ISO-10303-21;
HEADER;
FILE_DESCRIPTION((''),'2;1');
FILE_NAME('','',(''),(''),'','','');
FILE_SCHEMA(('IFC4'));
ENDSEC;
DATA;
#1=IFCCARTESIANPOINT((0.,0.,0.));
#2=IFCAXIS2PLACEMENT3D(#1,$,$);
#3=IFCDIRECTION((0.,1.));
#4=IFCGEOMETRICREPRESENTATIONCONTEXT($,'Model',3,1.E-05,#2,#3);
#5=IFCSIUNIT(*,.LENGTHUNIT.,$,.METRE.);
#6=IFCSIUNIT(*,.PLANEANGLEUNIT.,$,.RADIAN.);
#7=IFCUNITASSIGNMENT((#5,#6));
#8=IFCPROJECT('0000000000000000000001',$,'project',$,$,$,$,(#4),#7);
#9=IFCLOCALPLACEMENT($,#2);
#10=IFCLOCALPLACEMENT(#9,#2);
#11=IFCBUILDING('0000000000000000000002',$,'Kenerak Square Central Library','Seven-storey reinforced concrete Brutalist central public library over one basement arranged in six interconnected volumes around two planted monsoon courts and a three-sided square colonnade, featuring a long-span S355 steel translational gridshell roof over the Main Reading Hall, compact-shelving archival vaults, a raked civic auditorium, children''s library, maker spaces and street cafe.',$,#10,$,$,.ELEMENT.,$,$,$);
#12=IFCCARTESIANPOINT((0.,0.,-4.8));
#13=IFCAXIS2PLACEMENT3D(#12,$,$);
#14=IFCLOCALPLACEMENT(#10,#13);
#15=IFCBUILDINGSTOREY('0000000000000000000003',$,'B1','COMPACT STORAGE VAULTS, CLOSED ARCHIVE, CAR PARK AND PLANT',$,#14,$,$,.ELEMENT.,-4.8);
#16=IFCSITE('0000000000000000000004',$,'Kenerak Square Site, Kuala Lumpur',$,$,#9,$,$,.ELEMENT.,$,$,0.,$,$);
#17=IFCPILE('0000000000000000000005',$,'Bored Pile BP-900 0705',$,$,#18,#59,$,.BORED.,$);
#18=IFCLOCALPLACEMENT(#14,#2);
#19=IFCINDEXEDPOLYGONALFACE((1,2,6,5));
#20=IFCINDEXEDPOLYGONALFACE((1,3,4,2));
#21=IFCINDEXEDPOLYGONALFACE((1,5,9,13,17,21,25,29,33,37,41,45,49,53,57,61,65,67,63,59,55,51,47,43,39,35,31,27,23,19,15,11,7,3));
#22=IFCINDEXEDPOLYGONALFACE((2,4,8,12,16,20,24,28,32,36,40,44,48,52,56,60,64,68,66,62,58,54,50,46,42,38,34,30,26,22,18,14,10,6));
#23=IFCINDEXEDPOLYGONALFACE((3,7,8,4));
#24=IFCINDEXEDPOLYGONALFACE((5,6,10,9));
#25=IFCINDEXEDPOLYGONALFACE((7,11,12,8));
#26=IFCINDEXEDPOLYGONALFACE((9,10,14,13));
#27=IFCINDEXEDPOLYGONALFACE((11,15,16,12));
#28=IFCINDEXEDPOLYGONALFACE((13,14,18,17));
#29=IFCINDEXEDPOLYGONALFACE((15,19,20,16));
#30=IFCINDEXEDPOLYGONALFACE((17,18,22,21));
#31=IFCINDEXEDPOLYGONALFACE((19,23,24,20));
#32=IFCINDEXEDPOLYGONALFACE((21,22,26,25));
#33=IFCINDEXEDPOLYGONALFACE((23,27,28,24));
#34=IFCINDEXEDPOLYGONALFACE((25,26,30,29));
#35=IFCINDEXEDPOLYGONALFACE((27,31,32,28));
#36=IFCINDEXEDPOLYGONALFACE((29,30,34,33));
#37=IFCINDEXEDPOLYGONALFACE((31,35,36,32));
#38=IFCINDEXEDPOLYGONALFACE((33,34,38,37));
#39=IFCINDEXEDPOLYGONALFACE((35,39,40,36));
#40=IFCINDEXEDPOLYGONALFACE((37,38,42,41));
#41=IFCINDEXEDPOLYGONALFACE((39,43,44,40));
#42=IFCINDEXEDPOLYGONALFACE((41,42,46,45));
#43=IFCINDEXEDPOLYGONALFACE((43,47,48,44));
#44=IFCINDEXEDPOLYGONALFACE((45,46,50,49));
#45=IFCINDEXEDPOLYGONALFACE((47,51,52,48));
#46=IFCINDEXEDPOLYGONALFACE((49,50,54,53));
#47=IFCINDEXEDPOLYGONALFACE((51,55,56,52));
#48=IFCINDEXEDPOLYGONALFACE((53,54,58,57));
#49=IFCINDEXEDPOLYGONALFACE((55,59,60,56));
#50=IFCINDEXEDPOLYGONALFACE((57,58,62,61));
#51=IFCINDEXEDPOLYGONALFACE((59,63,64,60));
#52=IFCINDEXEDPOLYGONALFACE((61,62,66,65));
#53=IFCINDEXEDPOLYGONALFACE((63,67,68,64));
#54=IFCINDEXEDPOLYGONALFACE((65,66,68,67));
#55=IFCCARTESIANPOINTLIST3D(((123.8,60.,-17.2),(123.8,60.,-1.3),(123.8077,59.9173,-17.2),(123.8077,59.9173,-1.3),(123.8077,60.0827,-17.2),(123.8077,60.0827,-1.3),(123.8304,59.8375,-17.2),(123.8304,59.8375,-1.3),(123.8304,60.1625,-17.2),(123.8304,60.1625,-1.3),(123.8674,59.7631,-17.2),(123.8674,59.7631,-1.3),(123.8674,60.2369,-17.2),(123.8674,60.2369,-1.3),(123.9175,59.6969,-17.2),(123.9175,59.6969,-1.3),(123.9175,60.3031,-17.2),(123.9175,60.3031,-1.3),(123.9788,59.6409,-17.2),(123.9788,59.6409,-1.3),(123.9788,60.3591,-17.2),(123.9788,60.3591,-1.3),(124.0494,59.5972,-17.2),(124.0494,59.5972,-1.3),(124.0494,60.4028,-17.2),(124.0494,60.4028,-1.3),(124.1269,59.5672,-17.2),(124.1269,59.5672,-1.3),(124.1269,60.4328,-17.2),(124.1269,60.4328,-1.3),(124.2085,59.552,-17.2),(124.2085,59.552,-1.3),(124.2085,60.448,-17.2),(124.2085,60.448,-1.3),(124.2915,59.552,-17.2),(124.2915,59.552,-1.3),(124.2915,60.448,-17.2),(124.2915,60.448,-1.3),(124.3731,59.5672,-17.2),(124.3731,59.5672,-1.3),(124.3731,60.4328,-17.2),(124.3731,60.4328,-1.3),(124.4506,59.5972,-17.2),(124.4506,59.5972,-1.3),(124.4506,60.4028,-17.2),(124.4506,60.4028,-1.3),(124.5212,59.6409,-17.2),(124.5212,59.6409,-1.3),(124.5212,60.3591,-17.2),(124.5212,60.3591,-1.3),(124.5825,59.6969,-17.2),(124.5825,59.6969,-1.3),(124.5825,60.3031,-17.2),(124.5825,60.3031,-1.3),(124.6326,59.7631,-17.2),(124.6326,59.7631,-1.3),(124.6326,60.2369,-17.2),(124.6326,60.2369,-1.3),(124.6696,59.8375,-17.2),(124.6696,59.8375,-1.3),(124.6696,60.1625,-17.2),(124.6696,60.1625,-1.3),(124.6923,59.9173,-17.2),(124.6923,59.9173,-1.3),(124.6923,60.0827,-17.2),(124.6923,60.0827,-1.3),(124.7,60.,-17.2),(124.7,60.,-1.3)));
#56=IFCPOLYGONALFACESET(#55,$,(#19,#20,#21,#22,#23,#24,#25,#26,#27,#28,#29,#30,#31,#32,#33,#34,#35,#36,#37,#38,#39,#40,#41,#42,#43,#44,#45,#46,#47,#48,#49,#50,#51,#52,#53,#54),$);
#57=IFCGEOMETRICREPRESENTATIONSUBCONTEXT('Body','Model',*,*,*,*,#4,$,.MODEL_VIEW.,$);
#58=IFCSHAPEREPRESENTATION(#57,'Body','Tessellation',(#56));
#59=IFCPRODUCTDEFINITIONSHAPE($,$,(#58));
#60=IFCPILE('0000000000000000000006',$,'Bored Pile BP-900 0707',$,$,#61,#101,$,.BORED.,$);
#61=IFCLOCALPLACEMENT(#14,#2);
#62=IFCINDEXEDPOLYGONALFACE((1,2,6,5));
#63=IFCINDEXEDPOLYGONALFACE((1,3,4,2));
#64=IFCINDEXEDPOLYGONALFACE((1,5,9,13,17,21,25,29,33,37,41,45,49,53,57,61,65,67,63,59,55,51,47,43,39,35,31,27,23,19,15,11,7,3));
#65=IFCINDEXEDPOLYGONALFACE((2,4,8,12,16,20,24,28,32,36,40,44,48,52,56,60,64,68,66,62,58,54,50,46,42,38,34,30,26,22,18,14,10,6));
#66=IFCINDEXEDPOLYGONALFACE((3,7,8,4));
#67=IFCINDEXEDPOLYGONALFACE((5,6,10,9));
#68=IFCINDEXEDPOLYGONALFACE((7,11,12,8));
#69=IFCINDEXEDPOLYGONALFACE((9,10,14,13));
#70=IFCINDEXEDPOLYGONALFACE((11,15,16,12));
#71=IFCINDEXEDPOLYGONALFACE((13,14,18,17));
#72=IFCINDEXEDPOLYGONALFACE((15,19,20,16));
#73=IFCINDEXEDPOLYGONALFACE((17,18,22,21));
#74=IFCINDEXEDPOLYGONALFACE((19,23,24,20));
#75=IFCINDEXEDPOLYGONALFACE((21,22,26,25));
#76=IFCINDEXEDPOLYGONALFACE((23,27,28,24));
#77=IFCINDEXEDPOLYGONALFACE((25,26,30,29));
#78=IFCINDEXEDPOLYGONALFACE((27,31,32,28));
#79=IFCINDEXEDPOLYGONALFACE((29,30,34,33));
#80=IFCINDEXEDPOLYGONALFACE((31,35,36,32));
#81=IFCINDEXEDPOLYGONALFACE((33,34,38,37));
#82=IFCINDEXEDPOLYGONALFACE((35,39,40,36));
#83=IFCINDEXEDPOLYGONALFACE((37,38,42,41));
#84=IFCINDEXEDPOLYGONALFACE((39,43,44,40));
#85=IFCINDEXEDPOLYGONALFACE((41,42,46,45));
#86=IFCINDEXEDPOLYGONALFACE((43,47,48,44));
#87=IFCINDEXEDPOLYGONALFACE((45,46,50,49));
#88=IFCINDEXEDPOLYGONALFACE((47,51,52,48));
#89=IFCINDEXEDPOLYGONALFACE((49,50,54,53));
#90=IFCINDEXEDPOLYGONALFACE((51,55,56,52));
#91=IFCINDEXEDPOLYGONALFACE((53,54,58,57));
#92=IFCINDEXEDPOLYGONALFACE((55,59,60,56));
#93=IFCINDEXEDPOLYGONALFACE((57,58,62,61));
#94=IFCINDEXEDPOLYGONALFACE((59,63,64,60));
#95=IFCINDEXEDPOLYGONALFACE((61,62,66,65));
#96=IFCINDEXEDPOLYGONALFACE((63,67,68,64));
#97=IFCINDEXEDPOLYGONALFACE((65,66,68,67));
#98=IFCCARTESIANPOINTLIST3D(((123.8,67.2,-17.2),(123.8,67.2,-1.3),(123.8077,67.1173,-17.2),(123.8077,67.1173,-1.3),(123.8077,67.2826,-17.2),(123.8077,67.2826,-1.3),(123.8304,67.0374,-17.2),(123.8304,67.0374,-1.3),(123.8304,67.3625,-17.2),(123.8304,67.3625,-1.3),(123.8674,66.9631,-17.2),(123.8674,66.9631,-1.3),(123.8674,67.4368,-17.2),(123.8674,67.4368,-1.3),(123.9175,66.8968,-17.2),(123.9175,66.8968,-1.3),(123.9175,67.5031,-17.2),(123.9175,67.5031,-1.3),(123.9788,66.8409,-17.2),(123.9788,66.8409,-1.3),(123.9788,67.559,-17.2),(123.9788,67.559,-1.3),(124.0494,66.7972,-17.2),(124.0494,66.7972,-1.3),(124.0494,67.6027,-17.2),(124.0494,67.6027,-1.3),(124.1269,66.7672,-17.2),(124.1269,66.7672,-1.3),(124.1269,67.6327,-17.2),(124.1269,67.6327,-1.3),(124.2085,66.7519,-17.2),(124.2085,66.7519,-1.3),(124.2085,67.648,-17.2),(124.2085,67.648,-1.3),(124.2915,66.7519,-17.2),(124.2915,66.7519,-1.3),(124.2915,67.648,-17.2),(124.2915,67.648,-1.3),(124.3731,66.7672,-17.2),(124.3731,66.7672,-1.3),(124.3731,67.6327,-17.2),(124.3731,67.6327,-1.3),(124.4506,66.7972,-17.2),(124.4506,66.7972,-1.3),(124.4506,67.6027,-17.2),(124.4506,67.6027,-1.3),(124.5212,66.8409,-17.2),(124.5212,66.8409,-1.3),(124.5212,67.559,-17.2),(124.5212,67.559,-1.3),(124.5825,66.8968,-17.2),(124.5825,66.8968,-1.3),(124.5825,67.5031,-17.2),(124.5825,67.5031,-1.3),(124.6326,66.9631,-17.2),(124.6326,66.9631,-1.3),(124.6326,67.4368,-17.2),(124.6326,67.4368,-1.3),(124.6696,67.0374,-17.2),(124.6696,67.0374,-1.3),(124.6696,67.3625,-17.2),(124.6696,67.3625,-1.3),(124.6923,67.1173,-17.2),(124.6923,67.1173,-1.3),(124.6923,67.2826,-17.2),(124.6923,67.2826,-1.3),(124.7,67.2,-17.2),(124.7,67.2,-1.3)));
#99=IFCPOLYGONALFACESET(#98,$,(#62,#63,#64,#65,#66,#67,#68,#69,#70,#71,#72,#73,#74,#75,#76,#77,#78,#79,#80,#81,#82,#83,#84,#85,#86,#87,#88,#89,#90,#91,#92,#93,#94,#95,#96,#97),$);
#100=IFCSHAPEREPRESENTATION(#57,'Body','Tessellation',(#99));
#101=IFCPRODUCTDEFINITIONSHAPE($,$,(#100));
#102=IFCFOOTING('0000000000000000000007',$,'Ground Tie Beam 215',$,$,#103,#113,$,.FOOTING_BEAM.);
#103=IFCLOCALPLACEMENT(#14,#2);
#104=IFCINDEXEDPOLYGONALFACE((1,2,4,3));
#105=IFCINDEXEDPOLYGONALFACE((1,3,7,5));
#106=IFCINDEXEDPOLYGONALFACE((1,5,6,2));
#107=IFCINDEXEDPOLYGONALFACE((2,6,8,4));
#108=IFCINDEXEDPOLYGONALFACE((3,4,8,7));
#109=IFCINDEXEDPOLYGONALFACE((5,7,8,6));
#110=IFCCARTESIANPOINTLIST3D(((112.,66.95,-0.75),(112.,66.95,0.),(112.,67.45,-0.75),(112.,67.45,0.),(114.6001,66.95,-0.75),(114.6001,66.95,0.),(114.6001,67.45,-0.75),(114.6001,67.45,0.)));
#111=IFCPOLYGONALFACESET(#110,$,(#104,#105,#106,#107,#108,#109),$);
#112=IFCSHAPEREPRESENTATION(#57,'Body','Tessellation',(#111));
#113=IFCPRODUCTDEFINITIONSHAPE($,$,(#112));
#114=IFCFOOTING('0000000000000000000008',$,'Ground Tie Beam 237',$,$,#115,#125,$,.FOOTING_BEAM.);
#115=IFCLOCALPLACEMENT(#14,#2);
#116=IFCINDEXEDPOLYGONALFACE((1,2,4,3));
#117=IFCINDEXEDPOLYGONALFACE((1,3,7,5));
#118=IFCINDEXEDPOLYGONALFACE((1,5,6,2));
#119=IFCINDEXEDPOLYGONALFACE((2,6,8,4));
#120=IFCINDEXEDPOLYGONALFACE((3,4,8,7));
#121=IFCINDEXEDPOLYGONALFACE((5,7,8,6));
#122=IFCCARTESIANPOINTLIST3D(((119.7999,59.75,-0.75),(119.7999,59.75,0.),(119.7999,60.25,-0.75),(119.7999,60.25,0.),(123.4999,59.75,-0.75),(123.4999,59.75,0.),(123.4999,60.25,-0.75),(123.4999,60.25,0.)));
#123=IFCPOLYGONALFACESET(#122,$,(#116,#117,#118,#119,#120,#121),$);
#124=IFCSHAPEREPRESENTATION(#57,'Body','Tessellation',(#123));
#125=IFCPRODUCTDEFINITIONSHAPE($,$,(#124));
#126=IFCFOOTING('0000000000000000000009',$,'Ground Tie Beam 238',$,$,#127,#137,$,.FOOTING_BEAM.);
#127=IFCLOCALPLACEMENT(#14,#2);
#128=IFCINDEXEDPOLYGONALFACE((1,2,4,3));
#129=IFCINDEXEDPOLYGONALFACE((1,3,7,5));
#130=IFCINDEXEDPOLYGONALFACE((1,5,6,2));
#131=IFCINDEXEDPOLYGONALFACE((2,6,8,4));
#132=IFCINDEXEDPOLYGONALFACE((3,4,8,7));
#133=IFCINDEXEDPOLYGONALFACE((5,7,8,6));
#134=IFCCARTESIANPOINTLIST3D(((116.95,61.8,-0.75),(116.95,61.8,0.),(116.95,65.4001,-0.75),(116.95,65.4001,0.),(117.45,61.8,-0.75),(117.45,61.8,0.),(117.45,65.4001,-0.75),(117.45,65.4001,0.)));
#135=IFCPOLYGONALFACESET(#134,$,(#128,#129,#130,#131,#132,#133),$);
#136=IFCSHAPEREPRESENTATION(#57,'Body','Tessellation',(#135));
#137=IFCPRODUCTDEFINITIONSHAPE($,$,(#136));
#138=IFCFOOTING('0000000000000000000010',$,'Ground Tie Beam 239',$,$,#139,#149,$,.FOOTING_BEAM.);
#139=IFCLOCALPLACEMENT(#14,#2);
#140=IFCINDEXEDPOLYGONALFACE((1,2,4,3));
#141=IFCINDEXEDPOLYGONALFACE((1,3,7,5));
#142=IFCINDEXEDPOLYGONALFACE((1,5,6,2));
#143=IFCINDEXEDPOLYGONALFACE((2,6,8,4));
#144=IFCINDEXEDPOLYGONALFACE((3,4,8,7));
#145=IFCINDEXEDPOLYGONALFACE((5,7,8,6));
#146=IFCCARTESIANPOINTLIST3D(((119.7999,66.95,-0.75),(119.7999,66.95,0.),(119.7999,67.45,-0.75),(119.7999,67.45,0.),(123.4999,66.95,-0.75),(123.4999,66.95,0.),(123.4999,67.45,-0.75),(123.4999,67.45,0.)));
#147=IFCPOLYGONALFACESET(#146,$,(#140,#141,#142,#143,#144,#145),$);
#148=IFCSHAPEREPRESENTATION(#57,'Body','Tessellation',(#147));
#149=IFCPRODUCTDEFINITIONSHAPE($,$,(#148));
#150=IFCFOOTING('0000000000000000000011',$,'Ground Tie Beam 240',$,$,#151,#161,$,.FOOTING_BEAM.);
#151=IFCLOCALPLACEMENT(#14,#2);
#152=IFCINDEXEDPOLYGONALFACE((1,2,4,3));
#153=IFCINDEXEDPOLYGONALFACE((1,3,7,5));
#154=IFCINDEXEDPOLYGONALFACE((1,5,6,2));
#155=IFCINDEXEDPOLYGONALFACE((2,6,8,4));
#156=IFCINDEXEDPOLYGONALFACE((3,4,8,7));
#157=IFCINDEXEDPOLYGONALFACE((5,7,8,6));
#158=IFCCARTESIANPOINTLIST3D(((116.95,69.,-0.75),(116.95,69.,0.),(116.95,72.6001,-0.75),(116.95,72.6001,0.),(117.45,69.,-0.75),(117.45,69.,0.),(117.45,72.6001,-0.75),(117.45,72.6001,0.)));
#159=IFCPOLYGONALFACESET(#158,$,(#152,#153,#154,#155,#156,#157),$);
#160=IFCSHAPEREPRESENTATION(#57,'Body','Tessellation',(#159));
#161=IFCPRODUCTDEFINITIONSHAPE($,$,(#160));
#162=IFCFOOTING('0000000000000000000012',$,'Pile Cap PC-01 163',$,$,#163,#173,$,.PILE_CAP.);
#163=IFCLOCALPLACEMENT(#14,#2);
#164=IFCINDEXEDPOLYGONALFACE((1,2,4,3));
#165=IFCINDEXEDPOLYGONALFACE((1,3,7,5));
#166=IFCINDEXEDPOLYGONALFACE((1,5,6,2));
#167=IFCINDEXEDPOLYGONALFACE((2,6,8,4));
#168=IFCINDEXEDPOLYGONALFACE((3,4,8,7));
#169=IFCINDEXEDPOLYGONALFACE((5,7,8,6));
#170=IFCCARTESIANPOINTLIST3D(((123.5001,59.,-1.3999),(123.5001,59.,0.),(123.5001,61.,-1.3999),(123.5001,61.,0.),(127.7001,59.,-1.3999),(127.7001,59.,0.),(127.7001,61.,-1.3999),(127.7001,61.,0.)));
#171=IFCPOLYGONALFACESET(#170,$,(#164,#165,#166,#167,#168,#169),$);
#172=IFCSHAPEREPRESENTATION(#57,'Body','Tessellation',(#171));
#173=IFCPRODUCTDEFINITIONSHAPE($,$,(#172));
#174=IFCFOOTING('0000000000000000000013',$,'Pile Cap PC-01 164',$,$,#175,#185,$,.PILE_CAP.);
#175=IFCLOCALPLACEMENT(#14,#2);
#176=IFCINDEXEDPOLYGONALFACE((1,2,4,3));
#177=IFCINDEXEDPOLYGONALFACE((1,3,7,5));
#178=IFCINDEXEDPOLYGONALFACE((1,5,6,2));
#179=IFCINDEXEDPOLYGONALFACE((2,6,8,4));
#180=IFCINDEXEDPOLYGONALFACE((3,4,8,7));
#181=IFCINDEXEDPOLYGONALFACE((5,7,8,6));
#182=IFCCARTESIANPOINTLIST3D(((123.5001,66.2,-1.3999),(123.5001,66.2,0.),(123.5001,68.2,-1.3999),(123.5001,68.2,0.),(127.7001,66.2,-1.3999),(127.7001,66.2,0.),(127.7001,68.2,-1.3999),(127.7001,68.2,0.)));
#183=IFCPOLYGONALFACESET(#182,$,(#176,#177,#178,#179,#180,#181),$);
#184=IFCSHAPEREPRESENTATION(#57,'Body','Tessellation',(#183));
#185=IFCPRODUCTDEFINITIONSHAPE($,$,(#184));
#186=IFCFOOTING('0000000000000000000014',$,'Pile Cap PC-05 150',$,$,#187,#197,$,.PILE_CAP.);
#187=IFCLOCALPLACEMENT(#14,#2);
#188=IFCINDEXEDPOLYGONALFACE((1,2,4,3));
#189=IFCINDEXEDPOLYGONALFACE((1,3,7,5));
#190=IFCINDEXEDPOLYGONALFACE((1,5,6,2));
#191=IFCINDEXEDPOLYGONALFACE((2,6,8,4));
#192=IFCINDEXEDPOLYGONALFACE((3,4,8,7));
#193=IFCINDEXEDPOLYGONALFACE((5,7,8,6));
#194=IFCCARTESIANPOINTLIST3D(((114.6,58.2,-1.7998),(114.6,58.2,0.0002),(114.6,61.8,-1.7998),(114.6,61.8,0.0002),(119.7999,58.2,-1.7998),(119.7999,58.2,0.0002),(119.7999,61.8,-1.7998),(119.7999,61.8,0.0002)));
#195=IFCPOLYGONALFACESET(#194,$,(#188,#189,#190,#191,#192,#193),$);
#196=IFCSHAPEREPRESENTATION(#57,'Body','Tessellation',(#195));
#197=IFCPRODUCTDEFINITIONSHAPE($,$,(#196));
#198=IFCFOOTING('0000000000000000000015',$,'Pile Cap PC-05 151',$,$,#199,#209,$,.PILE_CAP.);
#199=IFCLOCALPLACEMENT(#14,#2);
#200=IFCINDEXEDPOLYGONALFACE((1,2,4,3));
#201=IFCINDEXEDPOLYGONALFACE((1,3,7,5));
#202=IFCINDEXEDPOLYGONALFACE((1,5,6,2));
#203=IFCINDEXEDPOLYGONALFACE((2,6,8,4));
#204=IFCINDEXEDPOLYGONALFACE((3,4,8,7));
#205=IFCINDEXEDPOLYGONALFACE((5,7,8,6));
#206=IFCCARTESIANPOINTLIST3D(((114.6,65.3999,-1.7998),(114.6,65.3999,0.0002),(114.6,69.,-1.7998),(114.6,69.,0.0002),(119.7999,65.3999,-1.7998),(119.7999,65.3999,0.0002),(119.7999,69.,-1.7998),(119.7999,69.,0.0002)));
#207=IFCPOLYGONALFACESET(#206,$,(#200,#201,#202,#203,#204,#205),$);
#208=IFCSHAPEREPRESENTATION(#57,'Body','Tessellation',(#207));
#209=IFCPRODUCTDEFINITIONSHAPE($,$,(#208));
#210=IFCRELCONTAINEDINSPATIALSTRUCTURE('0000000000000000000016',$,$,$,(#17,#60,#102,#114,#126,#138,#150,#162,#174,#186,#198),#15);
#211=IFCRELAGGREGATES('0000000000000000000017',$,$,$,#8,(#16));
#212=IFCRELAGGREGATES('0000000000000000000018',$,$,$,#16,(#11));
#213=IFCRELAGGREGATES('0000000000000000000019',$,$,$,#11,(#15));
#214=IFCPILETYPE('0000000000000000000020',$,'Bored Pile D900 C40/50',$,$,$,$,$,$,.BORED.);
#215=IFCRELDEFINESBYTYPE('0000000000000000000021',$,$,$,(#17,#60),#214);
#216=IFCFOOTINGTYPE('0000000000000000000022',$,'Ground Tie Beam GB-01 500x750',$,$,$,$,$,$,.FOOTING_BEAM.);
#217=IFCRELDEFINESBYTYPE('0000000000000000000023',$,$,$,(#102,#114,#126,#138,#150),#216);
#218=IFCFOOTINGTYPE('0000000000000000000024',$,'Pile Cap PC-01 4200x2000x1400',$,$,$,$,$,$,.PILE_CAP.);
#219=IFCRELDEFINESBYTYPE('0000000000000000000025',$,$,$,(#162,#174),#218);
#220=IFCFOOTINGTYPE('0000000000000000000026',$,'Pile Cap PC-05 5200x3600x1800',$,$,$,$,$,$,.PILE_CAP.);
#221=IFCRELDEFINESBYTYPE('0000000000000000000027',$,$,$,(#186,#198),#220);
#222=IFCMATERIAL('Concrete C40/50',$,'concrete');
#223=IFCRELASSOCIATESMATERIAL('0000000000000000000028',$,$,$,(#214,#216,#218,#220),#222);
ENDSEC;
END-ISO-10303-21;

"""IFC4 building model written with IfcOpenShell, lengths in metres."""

from ifc_helpers import new_model, si_unit, direction, frame, origin, origin_2d, place, context, subcontext, project, spatial, rectangle, circle, extrude, material, material_profile, profile_set, type_object, element, save


model = new_model("IFC4")

# Units and contexts
model_context = context("Model", 3, precision=1e-05, world=origin(), true_north=direction((0.0, 1.0)))
body_context = subcontext(model_context, "Body", "Model", "MODEL_VIEW")
ifc_project = project(units=[si_unit("LENGTHUNIT", "METRE"), si_unit("PLANEANGLEUNIT", "RADIAN")], contexts=[model_context])

# Site, building, storey
site_placement = place(None, origin())
site = spatial("IfcSite", under=ifc_project, at=site_placement, Name="Kenerak Square Site, Kuala Lumpur", CompositionType="ELEMENT", RefElevation=0.0)
building_placement = place(site_placement, origin())
building = spatial("IfcBuilding", under=site, at=building_placement, Name="Kenerak Square Central Library", Description="Seven-storey reinforced concrete Brutalist central public library over one basement arranged in six interconnected volumes around two planted monsoon courts and a three-sided square colonnade, featuring a long-span S355 steel translational gridshell roof over the Main Reading Hall, compact-shelving archival vaults, a raked civic auditorium, children's library, maker spaces and street cafe.", CompositionType="ELEMENT")
storey_placement = place(building_placement, frame((0.0, 0.0, -4.8)))
storey = spatial("IfcBuildingStorey", under=building, at=storey_placement, Name="B1", Description="COMPACT STORAGE VAULTS, CLOSED ARCHIVE, CAR PARK AND PLANT", CompositionType="ELEMENT", Elevation=-4.8)

# Piles
ifc_material_1 = material(Name="Concrete C40/50", Category="concrete")
ifc_material_profile_1 = material_profile(ifc_material_1, circle(Radius=0.45, at=origin_2d()), Name="BP D900")
ifc_profile_set_1 = profile_set([ifc_material_profile_1], Name="Concrete C40/50")
pile_type = type_object("IfcPileType", Name="Bored Pile D900 C40/50", PredefinedType="BORED", material=ifc_profile_set_1)
for number, where, z_axis, x_axis, name in (
    (1, (124.25, 60.0, -1.3), (0.0, 0.0, -1.0), (1.0, 0.0, 0.0), "Bored Pile BP-900 0705"),
    (2, (124.25, 67.2, -1.3), (0.0, 0.0, -1.0), (1.0, 0.0, 0.0), "Bored Pile BP-900 0707"),
):
    element("IfcPile", number, at=place(storey_placement, frame(where, z_axis=z_axis, x_axis=x_axis)), inside=storey, type_object=pile_type, Name=name, PredefinedType="BORED", context=body_context, shape_type="SweptSolid", body=[
        extrude(circle(Radius=0.45, at=origin_2d()), origin(), (0.0, 0.0, 1.0), 15.8999),
    ])

# Footings
footing_type_1 = type_object("IfcFootingType", Name="Ground Tie Beam GB-01 500x750", PredefinedType="FOOTING_BEAM", material=ifc_material_1)
footing_1_placement = place(storey_placement, frame((113.3, 67.2, -0.75), z_axis=(0.0, 0.0, 1.0), x_axis=(1.0, 0.0, 0.0)))
element("IfcFooting", 3, at=footing_1_placement, inside=storey, type_object=footing_type_1, Name="Ground Tie Beam 215", PredefinedType="FOOTING_BEAM", context=body_context, shape_type="SweptSolid", body=[
    extrude(rectangle(XDim=2.6001, YDim=0.5, at=origin_2d()), origin(), (0.0, 0.0, 1.0), 0.75),
])
footing_2_placement = place(storey_placement, frame((121.6499, 60.0, -0.75), z_axis=(0.0, 0.0, 1.0), x_axis=(1.0, 0.0, 0.0)))
element("IfcFooting", 4, at=footing_2_placement, inside=storey, type_object=footing_type_1, Name="Ground Tie Beam 237", PredefinedType="FOOTING_BEAM", context=body_context, shape_type="SweptSolid", body=[
    extrude(rectangle(XDim=3.7, YDim=0.5, at=origin_2d()), origin(), (0.0, 0.0, 1.0), 0.75),
])
footing_3_placement = place(storey_placement, frame((117.2, 63.6001, -0.75), z_axis=(0.0, 0.0, 1.0), x_axis=(1.0, 0.0, 0.0)))
element("IfcFooting", 5, at=footing_3_placement, inside=storey, type_object=footing_type_1, Name="Ground Tie Beam 238", PredefinedType="FOOTING_BEAM", context=body_context, shape_type="SweptSolid", body=[
    extrude(rectangle(XDim=0.5, YDim=3.6001, at=origin_2d()), origin(), (0.0, 0.0, 1.0), 0.75),
])
footing_4_placement = place(storey_placement, frame((121.6499, 67.2, -0.75), z_axis=(0.0, 0.0, 1.0), x_axis=(1.0, 0.0, 0.0)))
element("IfcFooting", 6, at=footing_4_placement, inside=storey, type_object=footing_type_1, Name="Ground Tie Beam 239", PredefinedType="FOOTING_BEAM", context=body_context, shape_type="SweptSolid", body=[
    extrude(rectangle(XDim=3.7, YDim=0.5, at=origin_2d()), origin(), (0.0, 0.0, 1.0), 0.75),
])
footing_5_placement = place(storey_placement, frame((117.2, 70.8, -0.75), z_axis=(0.0, 0.0, 1.0), x_axis=(1.0, 0.0, 0.0)))
element("IfcFooting", 7, at=footing_5_placement, inside=storey, type_object=footing_type_1, Name="Ground Tie Beam 240", PredefinedType="FOOTING_BEAM", context=body_context, shape_type="SweptSolid", body=[
    extrude(rectangle(XDim=0.5, YDim=3.6001, at=origin_2d()), origin(), (0.0, 0.0, 1.0), 0.75),
])
footing_type_2 = type_object("IfcFootingType", Name="Pile Cap PC-01 4200x2000x1400", PredefinedType="PILE_CAP", material=ifc_material_1)
for number, where, z_axis, x_axis, name in (
    (8, (125.6001, 60.0, -1.3999), (0.0, 0.0, 1.0), (1.0, 0.0, 0.0), "Pile Cap PC-01 163"),
    (9, (125.6001, 67.2, -1.3999), (0.0, 0.0, 1.0), (1.0, 0.0, 0.0), "Pile Cap PC-01 164"),
):
    element("IfcFooting", number, at=place(storey_placement, frame(where, z_axis=z_axis, x_axis=x_axis)), inside=storey, type_object=footing_type_2, Name=name, PredefinedType="PILE_CAP", context=body_context, shape_type="SweptSolid", body=[
        extrude(rectangle(XDim=4.2, YDim=2.0, at=origin_2d()), origin(), (0.0, 0.0, 1.0), 1.3999),
    ])
footing_type_3 = type_object("IfcFootingType", Name="Pile Cap PC-05 5200x3600x1800", PredefinedType="PILE_CAP", material=ifc_material_1)
for number, where, z_axis, x_axis, name in (
    (10, (117.2, 60.0, -1.7998), (0.0, 0.0, 1.0), (1.0, 0.0, 0.0), "Pile Cap PC-05 150"),
    (11, (117.2, 67.2, -1.7998), (0.0, 0.0, 1.0), (1.0, 0.0, 0.0), "Pile Cap PC-05 151"),
):
    element("IfcFooting", number, at=place(storey_placement, frame(where, z_axis=z_axis, x_axis=x_axis)), inside=storey, type_object=footing_type_3, Name=name, PredefinedType="PILE_CAP", context=body_context, shape_type="SweptSolid", body=[
        extrude(rectangle(XDim=5.2, YDim=3.6001, at=origin_2d()), origin(), (0.0, 0.0, 1.0), 1.8),
    ])

save(model, "model.ifc")
